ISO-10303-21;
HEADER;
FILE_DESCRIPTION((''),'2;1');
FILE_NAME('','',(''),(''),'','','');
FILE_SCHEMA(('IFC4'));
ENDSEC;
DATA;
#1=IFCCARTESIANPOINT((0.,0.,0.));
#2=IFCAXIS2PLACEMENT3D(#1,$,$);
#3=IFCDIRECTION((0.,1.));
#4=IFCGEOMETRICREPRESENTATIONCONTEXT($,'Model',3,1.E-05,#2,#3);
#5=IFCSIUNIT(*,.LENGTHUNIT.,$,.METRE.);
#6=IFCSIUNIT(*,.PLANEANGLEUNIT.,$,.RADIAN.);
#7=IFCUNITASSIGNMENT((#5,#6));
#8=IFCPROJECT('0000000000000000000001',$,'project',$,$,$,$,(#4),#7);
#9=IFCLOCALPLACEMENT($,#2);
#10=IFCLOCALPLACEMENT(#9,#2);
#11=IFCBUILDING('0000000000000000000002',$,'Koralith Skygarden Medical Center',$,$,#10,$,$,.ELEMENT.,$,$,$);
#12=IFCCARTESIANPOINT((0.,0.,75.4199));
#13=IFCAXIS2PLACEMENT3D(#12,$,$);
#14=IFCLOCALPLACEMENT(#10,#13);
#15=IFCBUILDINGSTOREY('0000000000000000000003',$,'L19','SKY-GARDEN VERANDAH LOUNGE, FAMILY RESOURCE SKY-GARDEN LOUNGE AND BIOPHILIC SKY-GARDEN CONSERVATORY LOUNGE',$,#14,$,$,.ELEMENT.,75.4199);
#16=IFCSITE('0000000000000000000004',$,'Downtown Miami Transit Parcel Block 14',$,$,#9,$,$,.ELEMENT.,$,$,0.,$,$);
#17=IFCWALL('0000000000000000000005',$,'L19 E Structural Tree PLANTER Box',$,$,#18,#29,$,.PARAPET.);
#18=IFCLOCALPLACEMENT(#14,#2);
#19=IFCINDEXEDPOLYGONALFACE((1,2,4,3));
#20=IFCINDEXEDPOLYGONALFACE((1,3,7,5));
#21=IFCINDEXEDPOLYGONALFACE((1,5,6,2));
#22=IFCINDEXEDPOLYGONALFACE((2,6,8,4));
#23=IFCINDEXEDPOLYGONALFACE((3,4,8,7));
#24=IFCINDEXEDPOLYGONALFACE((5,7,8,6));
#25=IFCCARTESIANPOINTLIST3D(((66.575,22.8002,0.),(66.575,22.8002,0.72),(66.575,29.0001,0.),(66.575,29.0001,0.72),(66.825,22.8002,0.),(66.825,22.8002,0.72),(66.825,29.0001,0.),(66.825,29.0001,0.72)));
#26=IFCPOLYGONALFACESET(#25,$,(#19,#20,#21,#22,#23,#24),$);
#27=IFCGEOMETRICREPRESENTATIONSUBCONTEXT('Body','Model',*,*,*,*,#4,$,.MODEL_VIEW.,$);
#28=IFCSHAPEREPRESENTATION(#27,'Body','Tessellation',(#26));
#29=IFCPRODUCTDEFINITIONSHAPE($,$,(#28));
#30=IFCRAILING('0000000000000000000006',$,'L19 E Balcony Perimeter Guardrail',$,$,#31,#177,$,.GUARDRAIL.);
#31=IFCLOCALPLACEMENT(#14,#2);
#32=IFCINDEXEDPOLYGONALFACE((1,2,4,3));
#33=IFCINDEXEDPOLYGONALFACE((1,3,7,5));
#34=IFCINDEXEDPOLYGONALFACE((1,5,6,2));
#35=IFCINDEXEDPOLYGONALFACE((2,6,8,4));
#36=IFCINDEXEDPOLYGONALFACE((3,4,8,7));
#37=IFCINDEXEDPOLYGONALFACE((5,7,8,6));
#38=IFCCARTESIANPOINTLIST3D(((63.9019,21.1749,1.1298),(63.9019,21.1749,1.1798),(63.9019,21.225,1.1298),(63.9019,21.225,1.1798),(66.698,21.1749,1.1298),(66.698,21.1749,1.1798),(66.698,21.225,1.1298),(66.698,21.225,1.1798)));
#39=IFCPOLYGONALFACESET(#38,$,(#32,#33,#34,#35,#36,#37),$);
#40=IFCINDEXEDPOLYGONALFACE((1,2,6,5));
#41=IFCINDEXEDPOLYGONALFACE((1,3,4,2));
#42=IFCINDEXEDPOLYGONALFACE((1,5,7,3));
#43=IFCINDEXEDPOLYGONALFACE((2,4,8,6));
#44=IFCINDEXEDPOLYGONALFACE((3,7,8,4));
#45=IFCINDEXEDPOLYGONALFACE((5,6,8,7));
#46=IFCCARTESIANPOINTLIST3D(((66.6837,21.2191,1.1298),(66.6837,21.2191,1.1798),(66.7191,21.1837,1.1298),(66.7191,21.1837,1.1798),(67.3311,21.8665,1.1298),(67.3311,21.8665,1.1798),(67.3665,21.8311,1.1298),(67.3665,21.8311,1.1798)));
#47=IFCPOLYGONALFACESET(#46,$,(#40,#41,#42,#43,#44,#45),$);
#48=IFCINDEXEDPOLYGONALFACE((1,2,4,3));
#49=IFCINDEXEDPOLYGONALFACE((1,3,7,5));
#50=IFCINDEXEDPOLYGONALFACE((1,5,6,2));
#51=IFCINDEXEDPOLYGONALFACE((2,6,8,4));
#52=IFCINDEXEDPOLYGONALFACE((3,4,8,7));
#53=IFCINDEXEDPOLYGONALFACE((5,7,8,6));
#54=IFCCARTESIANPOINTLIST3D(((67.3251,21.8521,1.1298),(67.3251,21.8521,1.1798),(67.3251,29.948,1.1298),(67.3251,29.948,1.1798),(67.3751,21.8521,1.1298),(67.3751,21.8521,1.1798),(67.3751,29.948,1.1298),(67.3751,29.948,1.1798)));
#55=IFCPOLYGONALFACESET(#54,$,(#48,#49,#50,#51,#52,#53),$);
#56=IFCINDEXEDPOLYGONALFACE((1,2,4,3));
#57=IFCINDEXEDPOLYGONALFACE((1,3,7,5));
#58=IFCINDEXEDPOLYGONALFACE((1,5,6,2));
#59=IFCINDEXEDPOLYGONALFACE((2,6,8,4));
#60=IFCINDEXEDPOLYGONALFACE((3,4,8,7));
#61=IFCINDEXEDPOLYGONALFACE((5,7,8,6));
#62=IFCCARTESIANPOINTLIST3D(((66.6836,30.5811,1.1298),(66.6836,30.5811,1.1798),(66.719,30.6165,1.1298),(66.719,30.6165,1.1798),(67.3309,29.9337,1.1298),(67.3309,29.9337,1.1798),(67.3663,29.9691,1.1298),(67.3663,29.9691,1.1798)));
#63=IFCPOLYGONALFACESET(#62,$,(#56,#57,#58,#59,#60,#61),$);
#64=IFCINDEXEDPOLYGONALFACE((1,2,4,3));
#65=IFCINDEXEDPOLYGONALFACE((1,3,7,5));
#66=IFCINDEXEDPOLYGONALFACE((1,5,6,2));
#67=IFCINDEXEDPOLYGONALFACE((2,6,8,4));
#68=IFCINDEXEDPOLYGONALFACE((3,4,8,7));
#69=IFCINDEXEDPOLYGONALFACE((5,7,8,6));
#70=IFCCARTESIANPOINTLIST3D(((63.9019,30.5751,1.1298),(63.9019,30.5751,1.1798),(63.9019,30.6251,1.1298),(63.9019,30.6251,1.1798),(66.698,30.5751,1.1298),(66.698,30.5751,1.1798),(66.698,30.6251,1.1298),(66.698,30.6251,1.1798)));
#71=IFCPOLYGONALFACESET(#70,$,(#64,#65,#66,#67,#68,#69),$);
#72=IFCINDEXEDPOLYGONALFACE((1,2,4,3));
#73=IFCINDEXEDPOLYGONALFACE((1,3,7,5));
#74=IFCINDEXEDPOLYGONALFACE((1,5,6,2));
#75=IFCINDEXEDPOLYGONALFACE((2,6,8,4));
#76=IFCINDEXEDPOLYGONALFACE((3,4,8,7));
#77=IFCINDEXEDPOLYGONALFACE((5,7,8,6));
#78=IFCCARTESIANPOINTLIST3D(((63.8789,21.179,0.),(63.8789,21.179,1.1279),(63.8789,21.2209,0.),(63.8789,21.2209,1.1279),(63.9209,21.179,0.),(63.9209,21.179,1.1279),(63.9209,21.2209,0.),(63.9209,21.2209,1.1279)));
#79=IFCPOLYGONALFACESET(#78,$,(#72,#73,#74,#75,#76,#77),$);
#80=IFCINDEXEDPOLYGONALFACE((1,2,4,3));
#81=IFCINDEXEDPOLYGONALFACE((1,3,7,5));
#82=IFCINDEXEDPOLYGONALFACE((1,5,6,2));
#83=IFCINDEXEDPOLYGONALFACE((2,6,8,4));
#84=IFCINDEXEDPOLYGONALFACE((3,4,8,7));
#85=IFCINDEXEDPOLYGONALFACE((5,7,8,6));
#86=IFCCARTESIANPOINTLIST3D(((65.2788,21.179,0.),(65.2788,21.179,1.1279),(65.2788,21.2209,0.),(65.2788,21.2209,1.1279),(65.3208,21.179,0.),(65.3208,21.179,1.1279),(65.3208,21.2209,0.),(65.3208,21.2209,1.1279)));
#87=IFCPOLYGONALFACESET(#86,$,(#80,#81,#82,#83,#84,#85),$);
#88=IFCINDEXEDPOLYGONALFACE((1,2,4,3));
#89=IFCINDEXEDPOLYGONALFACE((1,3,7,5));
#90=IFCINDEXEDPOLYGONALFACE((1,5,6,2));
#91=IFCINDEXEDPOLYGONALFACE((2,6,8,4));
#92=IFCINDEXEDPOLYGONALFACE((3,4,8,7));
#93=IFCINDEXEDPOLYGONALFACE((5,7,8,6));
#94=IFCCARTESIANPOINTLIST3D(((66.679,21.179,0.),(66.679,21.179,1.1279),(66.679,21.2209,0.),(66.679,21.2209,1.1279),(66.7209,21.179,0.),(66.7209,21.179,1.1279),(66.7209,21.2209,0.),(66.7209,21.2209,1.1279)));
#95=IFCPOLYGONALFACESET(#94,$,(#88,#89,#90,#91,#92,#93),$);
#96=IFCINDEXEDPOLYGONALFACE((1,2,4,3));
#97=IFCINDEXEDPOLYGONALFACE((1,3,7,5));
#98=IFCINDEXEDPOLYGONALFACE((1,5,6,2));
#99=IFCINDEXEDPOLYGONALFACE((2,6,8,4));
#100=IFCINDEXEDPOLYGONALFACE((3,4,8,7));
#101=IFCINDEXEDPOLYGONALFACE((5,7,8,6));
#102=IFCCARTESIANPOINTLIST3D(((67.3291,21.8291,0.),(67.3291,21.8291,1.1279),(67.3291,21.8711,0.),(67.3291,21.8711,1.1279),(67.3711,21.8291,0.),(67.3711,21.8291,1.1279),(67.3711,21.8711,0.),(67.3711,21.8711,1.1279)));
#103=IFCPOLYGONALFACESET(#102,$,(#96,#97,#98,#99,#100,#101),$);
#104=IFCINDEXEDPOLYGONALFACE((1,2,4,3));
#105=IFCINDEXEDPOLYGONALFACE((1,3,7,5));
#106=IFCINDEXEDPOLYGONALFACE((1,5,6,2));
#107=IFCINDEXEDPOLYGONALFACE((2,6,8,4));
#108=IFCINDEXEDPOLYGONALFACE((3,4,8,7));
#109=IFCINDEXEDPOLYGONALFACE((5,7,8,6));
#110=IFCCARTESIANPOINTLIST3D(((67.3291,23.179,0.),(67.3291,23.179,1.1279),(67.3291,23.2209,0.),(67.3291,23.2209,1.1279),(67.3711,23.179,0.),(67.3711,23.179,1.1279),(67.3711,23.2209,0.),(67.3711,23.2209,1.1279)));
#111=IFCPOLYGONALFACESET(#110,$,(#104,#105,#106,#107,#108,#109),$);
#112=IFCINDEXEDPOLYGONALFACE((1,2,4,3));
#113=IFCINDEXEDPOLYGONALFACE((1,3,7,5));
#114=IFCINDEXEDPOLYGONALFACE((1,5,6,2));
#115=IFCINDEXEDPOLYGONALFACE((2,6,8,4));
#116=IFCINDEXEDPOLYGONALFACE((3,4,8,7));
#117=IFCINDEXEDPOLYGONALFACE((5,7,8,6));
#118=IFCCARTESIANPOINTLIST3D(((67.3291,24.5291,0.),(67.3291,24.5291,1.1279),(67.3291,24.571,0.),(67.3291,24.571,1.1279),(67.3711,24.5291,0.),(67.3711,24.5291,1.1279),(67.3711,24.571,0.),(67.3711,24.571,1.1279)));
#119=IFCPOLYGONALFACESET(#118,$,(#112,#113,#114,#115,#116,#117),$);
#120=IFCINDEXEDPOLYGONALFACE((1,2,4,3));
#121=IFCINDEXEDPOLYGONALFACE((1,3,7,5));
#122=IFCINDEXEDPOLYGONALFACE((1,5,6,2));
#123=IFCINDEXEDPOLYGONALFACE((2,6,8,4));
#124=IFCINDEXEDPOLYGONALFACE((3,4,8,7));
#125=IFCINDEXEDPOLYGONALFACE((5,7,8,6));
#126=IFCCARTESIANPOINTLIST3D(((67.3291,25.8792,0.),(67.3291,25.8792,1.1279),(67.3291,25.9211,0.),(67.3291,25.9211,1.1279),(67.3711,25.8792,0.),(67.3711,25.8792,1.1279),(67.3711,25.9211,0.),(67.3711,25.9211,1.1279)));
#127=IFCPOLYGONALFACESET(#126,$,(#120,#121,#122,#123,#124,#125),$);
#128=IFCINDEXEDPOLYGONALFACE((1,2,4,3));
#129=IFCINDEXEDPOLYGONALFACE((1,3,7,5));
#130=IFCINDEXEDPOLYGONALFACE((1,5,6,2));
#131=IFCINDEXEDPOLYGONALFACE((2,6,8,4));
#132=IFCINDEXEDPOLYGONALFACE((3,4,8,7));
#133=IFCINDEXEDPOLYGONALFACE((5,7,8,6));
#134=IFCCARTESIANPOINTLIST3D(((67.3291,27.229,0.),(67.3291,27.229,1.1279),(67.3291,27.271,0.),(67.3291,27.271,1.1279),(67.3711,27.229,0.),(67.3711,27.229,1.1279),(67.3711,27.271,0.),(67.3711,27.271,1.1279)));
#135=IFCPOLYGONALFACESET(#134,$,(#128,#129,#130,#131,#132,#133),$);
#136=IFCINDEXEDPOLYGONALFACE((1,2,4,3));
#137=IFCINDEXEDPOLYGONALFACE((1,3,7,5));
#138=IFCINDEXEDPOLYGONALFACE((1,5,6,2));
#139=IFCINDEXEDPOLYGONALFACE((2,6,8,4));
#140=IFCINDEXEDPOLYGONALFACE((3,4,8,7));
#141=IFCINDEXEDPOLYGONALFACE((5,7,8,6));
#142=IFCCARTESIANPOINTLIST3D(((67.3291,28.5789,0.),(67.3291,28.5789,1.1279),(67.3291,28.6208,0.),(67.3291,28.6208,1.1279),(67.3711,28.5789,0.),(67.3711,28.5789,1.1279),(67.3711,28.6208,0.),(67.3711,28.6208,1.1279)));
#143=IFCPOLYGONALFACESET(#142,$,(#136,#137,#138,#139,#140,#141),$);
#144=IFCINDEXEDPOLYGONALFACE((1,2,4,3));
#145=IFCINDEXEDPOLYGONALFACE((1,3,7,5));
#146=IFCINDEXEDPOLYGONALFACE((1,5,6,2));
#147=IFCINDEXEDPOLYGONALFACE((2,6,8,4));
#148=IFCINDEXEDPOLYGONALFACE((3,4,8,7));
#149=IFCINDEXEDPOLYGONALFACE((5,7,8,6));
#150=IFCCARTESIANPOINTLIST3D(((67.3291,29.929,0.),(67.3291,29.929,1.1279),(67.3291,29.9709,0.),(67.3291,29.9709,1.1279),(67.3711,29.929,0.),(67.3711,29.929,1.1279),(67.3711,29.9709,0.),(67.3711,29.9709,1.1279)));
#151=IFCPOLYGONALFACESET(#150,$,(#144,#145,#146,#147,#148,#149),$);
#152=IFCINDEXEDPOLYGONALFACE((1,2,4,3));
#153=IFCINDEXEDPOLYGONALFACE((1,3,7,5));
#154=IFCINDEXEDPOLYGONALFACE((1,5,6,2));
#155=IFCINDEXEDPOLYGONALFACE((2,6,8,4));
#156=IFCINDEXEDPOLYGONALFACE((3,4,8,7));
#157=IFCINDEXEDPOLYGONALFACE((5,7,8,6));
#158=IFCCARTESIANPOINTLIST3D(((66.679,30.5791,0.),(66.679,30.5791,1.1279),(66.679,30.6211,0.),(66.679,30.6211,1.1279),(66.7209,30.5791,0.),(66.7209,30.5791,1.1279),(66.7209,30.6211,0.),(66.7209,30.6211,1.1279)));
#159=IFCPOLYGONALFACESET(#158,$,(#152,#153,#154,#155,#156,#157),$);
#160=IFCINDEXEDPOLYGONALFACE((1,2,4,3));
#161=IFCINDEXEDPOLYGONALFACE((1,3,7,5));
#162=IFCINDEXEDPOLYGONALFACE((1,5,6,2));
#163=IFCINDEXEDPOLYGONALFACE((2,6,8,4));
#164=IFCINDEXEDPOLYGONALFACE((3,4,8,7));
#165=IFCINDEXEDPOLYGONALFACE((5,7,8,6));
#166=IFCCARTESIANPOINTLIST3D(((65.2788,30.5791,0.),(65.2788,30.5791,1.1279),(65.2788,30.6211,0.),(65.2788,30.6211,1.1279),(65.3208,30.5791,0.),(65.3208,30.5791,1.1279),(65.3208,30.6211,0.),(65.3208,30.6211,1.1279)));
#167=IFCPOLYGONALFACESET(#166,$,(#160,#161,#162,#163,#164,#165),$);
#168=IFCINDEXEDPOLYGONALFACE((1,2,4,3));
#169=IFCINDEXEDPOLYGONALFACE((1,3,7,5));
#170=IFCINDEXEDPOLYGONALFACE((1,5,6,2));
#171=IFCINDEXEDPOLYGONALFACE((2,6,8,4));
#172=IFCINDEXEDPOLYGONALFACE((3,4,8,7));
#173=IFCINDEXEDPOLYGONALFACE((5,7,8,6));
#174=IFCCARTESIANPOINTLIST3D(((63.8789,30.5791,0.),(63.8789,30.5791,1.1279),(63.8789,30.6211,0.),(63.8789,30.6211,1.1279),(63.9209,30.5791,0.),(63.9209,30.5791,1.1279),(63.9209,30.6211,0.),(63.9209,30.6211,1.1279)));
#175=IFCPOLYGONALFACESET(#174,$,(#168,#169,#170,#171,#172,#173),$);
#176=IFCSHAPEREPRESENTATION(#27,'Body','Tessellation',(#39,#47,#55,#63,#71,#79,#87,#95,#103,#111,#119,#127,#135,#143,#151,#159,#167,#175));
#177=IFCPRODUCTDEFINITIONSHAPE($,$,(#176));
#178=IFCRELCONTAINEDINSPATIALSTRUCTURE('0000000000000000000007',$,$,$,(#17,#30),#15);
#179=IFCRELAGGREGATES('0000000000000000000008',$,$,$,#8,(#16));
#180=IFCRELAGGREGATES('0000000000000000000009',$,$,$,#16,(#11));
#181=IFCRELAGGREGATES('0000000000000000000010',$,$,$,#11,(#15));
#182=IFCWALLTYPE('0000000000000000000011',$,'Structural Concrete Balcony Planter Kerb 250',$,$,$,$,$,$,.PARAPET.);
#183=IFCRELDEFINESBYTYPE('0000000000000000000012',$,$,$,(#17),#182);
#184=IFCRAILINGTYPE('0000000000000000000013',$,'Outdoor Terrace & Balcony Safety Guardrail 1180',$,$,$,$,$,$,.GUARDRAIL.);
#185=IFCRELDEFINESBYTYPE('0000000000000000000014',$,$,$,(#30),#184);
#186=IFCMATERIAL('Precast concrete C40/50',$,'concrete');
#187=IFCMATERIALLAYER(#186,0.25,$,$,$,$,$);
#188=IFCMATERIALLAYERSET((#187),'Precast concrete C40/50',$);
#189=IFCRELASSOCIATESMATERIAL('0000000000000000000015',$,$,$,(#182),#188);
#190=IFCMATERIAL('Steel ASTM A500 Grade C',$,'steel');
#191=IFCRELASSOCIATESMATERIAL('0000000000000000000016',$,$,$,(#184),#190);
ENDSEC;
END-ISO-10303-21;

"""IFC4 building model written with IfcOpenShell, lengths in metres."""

from ifc_helpers import new_model, si_unit, direction, frame, frame_2d, origin, origin_2d, place, context, subcontext, project, spatial, rectangle, extrude, material, layer, layer_set, type_object, element, save


model = new_model("IFC4")

# Units and contexts
model_context = context("Model", 3, precision=1e-05, world=origin(), true_north=direction((0.0, 1.0)))
body_context = subcontext(model_context, "Body", "Model", "MODEL_VIEW")
ifc_project = project(units=[si_unit("LENGTHUNIT", "METRE"), si_unit("PLANEANGLEUNIT", "RADIAN")], contexts=[model_context])

# Site, building, storey
site_placement = place(None, origin())
site = spatial("IfcSite", under=ifc_project, at=site_placement, Name="Downtown Miami Transit Parcel Block 14", CompositionType="ELEMENT", RefElevation=0.0)
building_placement = place(site_placement, origin())
building = spatial("IfcBuilding", under=site, at=building_placement, Name="Koralith Skygarden Medical Center", CompositionType="ELEMENT")
storey_placement = place(building_placement, frame((0.0, 0.0, 75.4199)))
storey = spatial("IfcBuildingStorey", under=building, at=storey_placement, Name="L19", Description="SKY-GARDEN VERANDAH LOUNGE, FAMILY RESOURCE SKY-GARDEN LOUNGE AND BIOPHILIC SKY-GARDEN CONSERVATORY LOUNGE", CompositionType="ELEMENT", Elevation=75.4199)

# Wall
ifc_material_1 = material(Name="Precast concrete C40/50", Category="concrete")
ifc_layer_1 = layer(ifc_material_1, 0.25)
ifc_layer_set_1 = layer_set([ifc_layer_1], Name="Precast concrete C40/50")
wall_type_1 = type_object("IfcWallType", Name="Structural Concrete Balcony Planter Kerb 250", PredefinedType="PARAPET", material=ifc_layer_set_1)
wall_1_placement = place(storey_placement, frame((66.7, 22.8, 0.0), z_axis=(0.0, 0.0, 1.0), x_axis=(0.0, 1.0, 0.0)))
element("IfcWall", 1, at=wall_1_placement, inside=storey, type_object=wall_type_1, Name="L19 E Structural Tree PLANTER Box", PredefinedType="PARAPET", context=body_context, shape_type="SweptSolid", body=[
    extrude(rectangle(XDim=6.2, YDim=0.25, at=frame_2d((3.1001, 0.0))), origin(), (0.0, 0.0, 1.0), 0.72),
])

# Railing
ifc_material_2 = material(Name="Steel ASTM A500 Grade C", Category="steel")
railing_type = type_object("IfcRailingType", Name="Outdoor Terrace & Balcony Safety Guardrail 1180", PredefinedType="GUARDRAIL", material=ifc_material_2)
railing_placement = place(storey_placement, frame((63.8999, 21.2, 0.0)))
element("IfcRailing", 2, at=railing_placement, inside=storey, type_object=railing_type, Name="L19 E Balcony Perimeter Guardrail", PredefinedType="GUARDRAIL", context=body_context, shape_type="SweptSolid", body=[
    extrude(rectangle(XDim=0.05, YDim=0.05, at=origin_2d()), frame((0.002, 0.0, 1.1548), z_axis=(1.0, 0.0, 0.0), x_axis=(0.0, 1.0, 0.0)), (0.0, 0.0, 1.0), 2.7961),
    extrude(rectangle(XDim=0.05, YDim=0.05, at=origin_2d()), frame((2.8015, 0.0015, 1.1548), z_axis=(0.707107, 0.707107, 0.0), x_axis=(-0.707107, 0.707107, 0.0)), (0.0, 0.0, 1.0), 0.9155),
    extrude(rectangle(XDim=0.05, YDim=0.05, at=origin_2d()), frame((3.4502, 0.6521, 1.1548), z_axis=(0.0, 1.0, 0.0), x_axis=(-1.0, 0.0, 0.0)), (0.0, 0.0, 1.0), 8.0959),
    extrude(rectangle(XDim=0.05, YDim=0.05, at=origin_2d()), frame((3.4487, 8.7515, 1.1548), z_axis=(-0.707107, 0.707107, 0.0), x_axis=(-0.707107, -0.707107, 0.0)), (0.0, 0.0, 1.0), 0.9155),
    extrude(rectangle(XDim=0.05, YDim=0.05, at=origin_2d()), frame((2.7981, 9.4001, 1.1548), z_axis=(-1.0, 0.0, 0.0), x_axis=(0.0, -1.0, 0.0)), (0.0, 0.0, 1.0), 2.7961),
    extrude(rectangle(XDim=0.042, YDim=0.042, at=origin_2d()), origin(), (0.0, 0.0, 1.0), 1.1279),
    extrude(rectangle(XDim=0.042, YDim=0.042, at=origin_2d()), frame((1.3999, 0.0, 0.0)), (0.0, 0.0, 1.0), 1.1279),
    extrude(rectangle(XDim=0.042, YDim=0.042, at=origin_2d()), frame((2.8, 0.0, 0.0)), (0.0, 0.0, 1.0), 1.1279),
    extrude(rectangle(XDim=0.042, YDim=0.042, at=origin_2d()), frame((3.4502, 0.6501, 0.0)), (0.0, 0.0, 1.0), 1.1279),
    extrude(rectangle(XDim=0.042, YDim=0.042, at=origin_2d()), frame((3.4502, 2.0, 0.0)), (0.0, 0.0, 1.0), 1.1279),
    extrude(rectangle(XDim=0.042, YDim=0.042, at=origin_2d()), frame((3.4502, 3.3501, 0.0)), (0.0, 0.0, 1.0), 1.1279),
    extrude(rectangle(XDim=0.042, YDim=0.042, at=origin_2d()), frame((3.4502, 4.7002, 0.0)), (0.0, 0.0, 1.0), 1.1279),
    extrude(rectangle(XDim=0.042, YDim=0.042, at=origin_2d()), frame((3.4502, 6.05, 0.0)), (0.0, 0.0, 1.0), 1.1279),
    extrude(rectangle(XDim=0.042, YDim=0.042, at=origin_2d()), frame((3.4502, 7.3999, 0.0)), (0.0, 0.0, 1.0), 1.1279),
    extrude(rectangle(XDim=0.042, YDim=0.042, at=origin_2d()), frame((3.4502, 8.75, 0.0)), (0.0, 0.0, 1.0), 1.1279),
    extrude(rectangle(XDim=0.042, YDim=0.042, at=origin_2d()), frame((2.8, 9.4001, 0.0)), (0.0, 0.0, 1.0), 1.1279),
    extrude(rectangle(XDim=0.042, YDim=0.042, at=origin_2d()), frame((1.3999, 9.4001, 0.0)), (0.0, 0.0, 1.0), 1.1279),
    extrude(rectangle(XDim=0.042, YDim=0.042, at=origin_2d()), frame((0.0, 9.4001, 0.0)), (0.0, 0.0, 1.0), 1.1279),
])

save(model, "model.ifc")
